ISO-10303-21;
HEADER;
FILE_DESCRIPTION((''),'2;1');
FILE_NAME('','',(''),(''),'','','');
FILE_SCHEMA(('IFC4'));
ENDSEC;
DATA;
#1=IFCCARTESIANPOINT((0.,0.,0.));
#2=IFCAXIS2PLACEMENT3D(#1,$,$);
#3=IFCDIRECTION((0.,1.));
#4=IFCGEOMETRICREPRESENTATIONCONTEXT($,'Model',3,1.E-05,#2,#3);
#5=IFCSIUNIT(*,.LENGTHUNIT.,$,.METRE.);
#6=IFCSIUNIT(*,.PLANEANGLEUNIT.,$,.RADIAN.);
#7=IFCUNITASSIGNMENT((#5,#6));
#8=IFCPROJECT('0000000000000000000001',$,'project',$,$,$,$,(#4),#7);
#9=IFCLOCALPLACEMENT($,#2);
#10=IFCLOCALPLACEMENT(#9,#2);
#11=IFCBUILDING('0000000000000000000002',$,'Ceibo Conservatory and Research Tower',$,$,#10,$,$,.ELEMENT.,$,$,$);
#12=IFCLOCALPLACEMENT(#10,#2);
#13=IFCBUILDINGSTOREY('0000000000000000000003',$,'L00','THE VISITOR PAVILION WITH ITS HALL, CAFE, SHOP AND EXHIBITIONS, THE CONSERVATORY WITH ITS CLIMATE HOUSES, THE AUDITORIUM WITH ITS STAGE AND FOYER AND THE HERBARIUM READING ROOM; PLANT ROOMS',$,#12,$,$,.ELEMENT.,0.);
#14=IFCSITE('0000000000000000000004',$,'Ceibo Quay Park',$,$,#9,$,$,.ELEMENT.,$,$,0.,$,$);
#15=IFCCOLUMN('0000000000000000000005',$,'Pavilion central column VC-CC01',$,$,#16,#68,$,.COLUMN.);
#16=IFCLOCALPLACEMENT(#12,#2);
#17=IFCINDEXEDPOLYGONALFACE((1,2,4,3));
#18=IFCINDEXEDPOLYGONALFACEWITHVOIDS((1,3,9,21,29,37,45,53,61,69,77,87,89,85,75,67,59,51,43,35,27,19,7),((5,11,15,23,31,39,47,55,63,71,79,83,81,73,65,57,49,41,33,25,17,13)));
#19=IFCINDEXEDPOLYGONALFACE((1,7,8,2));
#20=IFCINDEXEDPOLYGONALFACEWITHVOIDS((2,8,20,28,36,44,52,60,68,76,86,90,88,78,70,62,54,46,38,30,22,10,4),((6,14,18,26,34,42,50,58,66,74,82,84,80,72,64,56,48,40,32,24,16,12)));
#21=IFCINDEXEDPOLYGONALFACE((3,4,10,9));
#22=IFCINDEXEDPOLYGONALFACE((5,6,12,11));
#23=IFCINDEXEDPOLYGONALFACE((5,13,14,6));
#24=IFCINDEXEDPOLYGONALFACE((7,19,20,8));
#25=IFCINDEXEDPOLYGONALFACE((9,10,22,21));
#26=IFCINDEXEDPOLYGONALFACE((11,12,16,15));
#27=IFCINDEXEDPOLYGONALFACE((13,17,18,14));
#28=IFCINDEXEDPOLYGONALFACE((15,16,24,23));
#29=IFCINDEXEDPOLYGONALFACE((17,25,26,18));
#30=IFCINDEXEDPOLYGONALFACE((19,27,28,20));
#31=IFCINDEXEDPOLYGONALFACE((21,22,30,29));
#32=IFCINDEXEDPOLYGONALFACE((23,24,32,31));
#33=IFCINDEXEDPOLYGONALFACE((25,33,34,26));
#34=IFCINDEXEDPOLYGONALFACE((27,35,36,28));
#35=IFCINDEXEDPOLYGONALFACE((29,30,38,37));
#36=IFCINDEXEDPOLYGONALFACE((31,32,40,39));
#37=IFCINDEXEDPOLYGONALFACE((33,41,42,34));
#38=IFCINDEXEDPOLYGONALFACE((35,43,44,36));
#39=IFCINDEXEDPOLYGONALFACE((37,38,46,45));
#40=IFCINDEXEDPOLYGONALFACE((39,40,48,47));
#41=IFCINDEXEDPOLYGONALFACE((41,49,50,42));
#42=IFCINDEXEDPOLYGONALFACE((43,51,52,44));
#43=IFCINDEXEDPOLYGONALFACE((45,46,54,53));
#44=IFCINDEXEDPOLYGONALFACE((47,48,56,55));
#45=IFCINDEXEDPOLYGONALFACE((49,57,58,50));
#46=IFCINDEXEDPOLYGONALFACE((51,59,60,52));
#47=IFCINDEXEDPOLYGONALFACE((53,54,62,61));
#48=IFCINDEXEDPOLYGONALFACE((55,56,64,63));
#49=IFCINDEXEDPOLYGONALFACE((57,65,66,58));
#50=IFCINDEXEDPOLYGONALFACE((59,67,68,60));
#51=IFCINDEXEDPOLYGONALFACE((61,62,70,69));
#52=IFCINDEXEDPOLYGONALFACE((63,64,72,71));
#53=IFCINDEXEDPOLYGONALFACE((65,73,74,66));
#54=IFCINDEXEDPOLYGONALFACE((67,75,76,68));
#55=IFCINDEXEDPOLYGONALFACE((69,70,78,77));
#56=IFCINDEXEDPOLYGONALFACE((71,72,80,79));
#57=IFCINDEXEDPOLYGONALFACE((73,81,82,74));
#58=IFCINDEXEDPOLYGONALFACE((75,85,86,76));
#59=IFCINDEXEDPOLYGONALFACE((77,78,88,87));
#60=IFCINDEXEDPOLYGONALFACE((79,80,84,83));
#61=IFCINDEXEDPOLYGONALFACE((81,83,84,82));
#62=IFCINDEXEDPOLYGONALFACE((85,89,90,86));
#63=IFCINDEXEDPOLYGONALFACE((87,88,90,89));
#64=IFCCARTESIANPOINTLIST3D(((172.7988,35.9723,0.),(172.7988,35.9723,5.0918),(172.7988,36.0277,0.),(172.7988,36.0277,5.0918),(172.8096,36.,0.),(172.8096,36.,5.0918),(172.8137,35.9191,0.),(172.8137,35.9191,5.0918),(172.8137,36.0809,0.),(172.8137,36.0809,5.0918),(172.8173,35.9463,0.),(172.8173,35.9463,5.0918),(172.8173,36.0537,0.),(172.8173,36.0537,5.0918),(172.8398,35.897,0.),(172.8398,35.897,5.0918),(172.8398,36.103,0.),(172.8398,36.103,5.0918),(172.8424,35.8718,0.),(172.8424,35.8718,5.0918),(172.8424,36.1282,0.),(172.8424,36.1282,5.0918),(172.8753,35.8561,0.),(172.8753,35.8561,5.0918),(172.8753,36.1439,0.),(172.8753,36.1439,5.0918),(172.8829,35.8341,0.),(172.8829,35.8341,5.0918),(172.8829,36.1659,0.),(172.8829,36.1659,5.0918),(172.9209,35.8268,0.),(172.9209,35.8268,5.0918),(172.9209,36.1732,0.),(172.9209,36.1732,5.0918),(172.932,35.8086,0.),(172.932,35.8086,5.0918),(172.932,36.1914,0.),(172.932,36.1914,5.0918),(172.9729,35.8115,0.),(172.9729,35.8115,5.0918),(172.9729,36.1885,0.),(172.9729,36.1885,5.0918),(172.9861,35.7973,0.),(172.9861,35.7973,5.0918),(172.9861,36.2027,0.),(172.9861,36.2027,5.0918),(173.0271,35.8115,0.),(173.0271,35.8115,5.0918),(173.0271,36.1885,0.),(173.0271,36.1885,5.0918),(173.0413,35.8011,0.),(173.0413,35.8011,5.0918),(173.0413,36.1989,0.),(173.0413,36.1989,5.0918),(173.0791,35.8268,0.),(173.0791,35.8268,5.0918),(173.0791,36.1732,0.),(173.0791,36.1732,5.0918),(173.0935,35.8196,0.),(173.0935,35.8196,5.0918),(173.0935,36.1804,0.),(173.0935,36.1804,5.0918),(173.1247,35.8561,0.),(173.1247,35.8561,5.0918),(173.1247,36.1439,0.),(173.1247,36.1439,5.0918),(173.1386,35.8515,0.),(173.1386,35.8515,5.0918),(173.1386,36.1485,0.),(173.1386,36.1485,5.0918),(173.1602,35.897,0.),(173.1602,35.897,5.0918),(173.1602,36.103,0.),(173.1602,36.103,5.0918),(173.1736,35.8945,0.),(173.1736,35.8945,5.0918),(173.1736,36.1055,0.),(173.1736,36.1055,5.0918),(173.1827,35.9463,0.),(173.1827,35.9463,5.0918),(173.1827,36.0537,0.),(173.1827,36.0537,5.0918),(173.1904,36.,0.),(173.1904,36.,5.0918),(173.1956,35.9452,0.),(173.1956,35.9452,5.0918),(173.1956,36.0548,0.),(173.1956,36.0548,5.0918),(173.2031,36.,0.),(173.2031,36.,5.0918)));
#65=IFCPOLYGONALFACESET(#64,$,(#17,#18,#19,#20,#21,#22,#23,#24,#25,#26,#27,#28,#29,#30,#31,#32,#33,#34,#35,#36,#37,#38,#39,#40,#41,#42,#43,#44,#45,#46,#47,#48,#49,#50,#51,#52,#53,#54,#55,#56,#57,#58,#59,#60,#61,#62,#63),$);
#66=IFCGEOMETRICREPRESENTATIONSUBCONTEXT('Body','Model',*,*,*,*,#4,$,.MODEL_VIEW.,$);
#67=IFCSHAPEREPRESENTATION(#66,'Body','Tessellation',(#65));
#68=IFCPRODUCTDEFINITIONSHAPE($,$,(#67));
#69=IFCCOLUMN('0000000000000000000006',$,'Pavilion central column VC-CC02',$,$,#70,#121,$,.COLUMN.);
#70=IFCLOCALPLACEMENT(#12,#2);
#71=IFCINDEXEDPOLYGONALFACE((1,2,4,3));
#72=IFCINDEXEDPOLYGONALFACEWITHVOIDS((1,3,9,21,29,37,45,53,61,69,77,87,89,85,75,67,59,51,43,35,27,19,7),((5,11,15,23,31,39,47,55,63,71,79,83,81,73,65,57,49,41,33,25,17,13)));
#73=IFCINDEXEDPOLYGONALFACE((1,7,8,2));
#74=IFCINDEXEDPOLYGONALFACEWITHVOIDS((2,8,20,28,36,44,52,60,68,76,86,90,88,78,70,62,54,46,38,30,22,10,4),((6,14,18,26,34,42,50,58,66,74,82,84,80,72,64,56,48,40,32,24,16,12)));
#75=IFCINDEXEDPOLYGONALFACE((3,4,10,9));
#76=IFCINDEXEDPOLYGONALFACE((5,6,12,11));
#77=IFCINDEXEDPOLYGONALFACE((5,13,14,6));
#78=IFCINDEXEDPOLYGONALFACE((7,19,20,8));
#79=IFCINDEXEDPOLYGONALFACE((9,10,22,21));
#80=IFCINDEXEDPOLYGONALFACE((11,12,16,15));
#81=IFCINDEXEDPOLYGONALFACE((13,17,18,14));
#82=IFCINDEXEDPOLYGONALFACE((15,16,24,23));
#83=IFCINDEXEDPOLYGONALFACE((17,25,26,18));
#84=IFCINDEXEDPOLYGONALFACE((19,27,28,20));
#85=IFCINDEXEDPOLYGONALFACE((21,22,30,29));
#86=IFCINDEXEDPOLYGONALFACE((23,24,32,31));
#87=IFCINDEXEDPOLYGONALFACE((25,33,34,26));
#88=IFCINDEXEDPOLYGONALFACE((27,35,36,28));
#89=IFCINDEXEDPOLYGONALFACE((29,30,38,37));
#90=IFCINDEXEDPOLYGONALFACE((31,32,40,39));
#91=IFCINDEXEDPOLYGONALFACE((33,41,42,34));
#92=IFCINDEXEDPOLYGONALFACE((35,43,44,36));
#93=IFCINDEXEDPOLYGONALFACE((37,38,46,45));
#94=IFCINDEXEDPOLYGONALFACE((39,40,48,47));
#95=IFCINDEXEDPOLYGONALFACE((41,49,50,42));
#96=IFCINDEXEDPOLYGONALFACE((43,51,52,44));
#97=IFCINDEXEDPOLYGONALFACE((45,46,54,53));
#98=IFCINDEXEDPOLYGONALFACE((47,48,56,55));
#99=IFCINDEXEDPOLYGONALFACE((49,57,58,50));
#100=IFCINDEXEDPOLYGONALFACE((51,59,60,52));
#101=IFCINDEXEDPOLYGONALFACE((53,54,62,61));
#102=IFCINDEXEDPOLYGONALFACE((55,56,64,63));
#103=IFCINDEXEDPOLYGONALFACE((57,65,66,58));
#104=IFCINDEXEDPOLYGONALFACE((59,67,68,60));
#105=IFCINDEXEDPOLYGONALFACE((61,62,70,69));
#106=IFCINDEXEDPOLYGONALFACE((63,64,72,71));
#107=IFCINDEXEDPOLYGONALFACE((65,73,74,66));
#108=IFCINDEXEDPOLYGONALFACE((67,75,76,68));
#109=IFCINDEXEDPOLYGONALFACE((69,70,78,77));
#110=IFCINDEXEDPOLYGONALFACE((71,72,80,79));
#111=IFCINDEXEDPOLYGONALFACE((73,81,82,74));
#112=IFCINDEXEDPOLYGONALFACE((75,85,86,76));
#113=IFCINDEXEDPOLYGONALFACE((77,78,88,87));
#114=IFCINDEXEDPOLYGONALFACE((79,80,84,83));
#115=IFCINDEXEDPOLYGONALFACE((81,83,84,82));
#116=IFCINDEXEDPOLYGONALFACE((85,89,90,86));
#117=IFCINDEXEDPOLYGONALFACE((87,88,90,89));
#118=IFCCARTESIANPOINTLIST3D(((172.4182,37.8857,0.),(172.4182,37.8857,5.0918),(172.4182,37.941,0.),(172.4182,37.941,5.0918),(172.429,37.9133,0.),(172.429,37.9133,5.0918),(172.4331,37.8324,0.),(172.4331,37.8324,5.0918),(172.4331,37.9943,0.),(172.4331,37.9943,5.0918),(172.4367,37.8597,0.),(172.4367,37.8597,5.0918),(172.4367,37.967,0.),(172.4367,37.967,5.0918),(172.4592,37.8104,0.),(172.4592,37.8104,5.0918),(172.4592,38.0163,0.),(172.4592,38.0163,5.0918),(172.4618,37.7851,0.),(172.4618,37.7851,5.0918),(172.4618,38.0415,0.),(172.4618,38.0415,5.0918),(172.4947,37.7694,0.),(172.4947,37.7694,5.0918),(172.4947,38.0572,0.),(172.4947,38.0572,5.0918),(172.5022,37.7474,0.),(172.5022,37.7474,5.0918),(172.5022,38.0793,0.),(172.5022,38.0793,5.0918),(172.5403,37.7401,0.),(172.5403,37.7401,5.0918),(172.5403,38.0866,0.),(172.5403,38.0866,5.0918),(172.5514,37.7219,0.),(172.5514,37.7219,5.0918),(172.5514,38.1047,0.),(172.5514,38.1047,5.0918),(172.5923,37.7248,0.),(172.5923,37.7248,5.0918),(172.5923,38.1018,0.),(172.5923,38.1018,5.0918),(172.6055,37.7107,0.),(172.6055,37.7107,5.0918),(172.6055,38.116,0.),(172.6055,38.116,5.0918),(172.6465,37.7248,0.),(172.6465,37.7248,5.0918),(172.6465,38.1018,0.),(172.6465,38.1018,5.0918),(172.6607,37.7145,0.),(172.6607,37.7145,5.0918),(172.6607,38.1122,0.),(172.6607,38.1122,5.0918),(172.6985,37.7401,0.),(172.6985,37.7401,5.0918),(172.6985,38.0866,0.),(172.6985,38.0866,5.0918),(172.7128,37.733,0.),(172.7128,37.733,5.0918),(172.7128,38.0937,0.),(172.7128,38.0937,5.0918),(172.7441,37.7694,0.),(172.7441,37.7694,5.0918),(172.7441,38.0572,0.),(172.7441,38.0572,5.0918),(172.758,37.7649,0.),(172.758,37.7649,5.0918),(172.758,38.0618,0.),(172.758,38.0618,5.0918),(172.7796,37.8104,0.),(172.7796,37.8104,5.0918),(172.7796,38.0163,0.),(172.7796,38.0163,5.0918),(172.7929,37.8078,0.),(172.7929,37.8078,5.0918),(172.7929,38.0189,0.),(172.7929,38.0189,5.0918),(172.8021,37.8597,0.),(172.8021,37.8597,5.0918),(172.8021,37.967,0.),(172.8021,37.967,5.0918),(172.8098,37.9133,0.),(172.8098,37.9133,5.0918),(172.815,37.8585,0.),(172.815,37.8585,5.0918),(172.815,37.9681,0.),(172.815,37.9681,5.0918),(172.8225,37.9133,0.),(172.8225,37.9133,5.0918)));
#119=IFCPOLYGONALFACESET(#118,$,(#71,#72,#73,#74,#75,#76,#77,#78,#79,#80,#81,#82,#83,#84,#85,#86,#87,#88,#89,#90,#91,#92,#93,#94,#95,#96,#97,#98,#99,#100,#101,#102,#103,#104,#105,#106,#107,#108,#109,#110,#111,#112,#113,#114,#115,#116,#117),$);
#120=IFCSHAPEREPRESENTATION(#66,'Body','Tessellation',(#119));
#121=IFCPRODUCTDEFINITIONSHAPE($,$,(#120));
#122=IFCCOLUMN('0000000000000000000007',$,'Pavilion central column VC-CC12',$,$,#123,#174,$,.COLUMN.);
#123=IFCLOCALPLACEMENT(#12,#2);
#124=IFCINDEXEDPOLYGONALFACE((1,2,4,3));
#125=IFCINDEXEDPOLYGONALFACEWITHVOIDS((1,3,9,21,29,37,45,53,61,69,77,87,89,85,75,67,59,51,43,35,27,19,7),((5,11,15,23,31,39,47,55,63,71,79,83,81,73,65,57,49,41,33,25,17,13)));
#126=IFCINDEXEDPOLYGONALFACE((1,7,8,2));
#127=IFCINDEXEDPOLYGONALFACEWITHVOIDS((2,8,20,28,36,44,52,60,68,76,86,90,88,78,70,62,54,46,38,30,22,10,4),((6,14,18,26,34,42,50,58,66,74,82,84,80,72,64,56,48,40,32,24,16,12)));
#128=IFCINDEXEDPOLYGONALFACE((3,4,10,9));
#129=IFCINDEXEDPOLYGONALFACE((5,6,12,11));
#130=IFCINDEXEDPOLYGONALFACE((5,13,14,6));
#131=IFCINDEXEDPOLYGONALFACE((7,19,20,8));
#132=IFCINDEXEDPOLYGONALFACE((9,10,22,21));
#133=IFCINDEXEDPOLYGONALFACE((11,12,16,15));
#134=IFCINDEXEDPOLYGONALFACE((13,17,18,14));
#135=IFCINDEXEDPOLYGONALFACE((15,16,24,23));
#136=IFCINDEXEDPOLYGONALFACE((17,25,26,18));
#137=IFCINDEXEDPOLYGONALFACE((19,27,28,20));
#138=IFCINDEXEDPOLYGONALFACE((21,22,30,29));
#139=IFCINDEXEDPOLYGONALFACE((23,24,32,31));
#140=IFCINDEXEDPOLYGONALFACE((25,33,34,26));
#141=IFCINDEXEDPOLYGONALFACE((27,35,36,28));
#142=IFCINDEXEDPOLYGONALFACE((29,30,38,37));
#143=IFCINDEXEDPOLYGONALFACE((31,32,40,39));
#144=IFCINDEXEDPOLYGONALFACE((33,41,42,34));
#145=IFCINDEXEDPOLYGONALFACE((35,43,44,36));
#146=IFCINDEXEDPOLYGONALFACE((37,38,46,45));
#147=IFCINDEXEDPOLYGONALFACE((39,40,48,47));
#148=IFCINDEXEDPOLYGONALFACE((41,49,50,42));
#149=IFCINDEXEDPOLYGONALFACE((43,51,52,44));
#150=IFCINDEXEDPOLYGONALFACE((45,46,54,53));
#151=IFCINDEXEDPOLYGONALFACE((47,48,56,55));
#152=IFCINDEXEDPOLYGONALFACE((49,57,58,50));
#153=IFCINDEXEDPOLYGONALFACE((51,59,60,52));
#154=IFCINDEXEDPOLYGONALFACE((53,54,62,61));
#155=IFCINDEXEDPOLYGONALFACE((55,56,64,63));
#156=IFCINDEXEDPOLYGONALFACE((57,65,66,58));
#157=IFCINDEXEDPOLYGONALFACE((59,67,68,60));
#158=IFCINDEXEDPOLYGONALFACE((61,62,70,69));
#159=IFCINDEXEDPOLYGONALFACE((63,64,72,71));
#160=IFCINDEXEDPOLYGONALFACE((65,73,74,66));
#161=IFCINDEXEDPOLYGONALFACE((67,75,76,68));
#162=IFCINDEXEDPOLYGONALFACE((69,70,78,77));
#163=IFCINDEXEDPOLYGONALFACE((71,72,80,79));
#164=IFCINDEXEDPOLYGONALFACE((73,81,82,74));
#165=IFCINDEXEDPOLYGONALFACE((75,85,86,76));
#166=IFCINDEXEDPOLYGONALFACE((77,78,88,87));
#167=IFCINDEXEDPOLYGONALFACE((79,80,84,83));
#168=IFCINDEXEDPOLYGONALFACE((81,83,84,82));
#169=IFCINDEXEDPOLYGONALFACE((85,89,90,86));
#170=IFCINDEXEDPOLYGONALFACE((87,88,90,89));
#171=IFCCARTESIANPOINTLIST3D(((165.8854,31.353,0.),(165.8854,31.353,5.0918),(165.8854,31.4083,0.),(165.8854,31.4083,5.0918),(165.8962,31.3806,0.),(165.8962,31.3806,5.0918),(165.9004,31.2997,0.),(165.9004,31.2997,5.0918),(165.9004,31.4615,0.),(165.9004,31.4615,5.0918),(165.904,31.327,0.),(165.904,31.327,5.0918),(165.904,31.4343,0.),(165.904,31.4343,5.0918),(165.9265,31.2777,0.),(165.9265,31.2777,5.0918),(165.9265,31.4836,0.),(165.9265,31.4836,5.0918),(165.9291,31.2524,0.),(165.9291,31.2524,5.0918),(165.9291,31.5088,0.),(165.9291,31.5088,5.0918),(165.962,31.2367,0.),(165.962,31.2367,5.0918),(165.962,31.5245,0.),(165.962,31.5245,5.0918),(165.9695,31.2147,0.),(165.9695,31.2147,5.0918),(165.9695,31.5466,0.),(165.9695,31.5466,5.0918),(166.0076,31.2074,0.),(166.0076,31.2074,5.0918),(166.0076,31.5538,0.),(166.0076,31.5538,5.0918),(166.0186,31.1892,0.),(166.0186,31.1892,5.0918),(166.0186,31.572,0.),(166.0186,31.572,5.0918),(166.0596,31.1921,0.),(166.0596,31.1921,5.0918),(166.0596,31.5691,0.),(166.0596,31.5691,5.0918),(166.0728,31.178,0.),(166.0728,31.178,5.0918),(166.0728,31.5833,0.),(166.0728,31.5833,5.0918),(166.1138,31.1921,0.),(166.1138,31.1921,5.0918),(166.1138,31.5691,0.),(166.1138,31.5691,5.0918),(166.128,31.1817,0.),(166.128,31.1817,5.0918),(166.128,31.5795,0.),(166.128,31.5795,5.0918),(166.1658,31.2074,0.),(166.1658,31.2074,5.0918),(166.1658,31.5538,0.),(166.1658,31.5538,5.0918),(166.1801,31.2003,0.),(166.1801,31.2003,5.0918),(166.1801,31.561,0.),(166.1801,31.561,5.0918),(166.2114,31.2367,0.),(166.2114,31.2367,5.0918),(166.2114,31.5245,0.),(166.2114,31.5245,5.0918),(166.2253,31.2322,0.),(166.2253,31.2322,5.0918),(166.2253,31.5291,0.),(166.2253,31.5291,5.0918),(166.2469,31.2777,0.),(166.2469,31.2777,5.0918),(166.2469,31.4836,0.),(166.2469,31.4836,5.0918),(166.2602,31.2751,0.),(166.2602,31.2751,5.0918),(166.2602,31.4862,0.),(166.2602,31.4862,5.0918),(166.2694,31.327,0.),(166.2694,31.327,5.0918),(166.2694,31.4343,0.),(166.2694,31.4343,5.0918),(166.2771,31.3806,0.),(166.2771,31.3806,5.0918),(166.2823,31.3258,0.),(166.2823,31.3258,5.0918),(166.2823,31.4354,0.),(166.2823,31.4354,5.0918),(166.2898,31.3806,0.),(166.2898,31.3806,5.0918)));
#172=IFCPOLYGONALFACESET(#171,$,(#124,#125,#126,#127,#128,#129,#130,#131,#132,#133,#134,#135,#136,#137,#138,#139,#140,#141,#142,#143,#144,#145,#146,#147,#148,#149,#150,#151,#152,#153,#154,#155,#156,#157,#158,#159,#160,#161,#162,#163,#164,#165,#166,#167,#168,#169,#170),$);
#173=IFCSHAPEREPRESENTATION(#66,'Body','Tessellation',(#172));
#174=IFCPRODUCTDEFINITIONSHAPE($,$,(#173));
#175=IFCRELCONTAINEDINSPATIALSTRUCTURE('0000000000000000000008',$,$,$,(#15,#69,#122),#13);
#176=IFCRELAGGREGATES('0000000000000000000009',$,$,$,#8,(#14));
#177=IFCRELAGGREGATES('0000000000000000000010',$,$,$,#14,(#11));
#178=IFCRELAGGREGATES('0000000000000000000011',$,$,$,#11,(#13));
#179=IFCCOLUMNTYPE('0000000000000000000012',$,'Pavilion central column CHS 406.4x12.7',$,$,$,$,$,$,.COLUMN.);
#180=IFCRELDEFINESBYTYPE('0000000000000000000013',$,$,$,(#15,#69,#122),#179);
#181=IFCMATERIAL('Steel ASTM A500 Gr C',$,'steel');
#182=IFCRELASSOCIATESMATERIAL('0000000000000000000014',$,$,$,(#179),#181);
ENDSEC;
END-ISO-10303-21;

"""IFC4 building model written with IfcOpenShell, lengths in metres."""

from ifc_helpers import new_model, si_unit, direction, frame, origin, origin_2d, place, context, subcontext, project, spatial, hollow_circle, extrude, material, material_profile, profile_set, type_object, element, save


model = new_model("IFC4")

# Units and contexts
model_context = context("Model", 3, precision=1e-05, world=origin(), true_north=direction((0.0, 1.0)))
body_context = subcontext(model_context, "Body", "Model", "MODEL_VIEW")
ifc_project = project(units=[si_unit("LENGTHUNIT", "METRE"), si_unit("PLANEANGLEUNIT", "RADIAN")], contexts=[model_context])

# Site, building, storey
site_placement = place(None, origin())
site = spatial("IfcSite", under=ifc_project, at=site_placement, Name="Ceibo Quay Park", CompositionType="ELEMENT", RefElevation=0.0)
building_placement = place(site_placement, origin())
building = spatial("IfcBuilding", under=site, at=building_placement, Name="Ceibo Conservatory and Research Tower", CompositionType="ELEMENT")
storey_placement = place(building_placement, origin())
storey = spatial("IfcBuildingStorey", under=building, at=storey_placement, Name="L00", Description="THE VISITOR PAVILION WITH ITS HALL, CAFE, SHOP AND EXHIBITIONS, THE CONSERVATORY WITH ITS CLIMATE HOUSES, THE AUDITORIUM WITH ITS STAGE AND FOYER AND THE HERBARIUM READING ROOM; PLANT ROOMS", CompositionType="ELEMENT", Elevation=0.0)

# Columns
ifc_material_1 = material(Name="Steel ASTM A500 Gr C", Category="steel")
ifc_material_profile_1 = material_profile(ifc_material_1, hollow_circle(Radius=0.2031, WallThickness=0.0127, at=origin_2d()), Name="Pavilion central column CHS 406.4x12.7")
ifc_profile_set_1 = profile_set([ifc_material_profile_1], Name="Steel ASTM A500 Gr C")
column_type = type_object("IfcColumnType", Name="Pavilion central column CHS 406.4x12.7", PredefinedType="COLUMN", material=ifc_profile_set_1)
for number, where, z_axis, x_axis, name in (
    (1, (173.0, 36.0, 0.0), (0.0, 0.0, 1.0), (1.0, 0.0, 0.0), "Pavilion central column VC-CC01"),
    (2, (172.6194, 37.9133, 0.0), (0.0, 0.0, 1.0), (1.0, 0.0, 0.0), "Pavilion central column VC-CC02"),
    (3, (166.0867, 31.3806, 0.0), (0.0, 0.0, 1.0), (1.0, 0.0, 0.0), "Pavilion central column VC-CC12"),
):
    element("IfcColumn", number, at=place(storey_placement, frame(where, z_axis=z_axis, x_axis=x_axis)), inside=storey, type_object=column_type, Name=name, PredefinedType="COLUMN", context=body_context, shape_type="SweptSolid", body=[
        extrude(hollow_circle(Radius=0.2031, WallThickness=0.0127, at=origin_2d()), origin(), (0.0, 0.0, 1.0), 5.0918),
    ])

save(model, "model.ifc")
